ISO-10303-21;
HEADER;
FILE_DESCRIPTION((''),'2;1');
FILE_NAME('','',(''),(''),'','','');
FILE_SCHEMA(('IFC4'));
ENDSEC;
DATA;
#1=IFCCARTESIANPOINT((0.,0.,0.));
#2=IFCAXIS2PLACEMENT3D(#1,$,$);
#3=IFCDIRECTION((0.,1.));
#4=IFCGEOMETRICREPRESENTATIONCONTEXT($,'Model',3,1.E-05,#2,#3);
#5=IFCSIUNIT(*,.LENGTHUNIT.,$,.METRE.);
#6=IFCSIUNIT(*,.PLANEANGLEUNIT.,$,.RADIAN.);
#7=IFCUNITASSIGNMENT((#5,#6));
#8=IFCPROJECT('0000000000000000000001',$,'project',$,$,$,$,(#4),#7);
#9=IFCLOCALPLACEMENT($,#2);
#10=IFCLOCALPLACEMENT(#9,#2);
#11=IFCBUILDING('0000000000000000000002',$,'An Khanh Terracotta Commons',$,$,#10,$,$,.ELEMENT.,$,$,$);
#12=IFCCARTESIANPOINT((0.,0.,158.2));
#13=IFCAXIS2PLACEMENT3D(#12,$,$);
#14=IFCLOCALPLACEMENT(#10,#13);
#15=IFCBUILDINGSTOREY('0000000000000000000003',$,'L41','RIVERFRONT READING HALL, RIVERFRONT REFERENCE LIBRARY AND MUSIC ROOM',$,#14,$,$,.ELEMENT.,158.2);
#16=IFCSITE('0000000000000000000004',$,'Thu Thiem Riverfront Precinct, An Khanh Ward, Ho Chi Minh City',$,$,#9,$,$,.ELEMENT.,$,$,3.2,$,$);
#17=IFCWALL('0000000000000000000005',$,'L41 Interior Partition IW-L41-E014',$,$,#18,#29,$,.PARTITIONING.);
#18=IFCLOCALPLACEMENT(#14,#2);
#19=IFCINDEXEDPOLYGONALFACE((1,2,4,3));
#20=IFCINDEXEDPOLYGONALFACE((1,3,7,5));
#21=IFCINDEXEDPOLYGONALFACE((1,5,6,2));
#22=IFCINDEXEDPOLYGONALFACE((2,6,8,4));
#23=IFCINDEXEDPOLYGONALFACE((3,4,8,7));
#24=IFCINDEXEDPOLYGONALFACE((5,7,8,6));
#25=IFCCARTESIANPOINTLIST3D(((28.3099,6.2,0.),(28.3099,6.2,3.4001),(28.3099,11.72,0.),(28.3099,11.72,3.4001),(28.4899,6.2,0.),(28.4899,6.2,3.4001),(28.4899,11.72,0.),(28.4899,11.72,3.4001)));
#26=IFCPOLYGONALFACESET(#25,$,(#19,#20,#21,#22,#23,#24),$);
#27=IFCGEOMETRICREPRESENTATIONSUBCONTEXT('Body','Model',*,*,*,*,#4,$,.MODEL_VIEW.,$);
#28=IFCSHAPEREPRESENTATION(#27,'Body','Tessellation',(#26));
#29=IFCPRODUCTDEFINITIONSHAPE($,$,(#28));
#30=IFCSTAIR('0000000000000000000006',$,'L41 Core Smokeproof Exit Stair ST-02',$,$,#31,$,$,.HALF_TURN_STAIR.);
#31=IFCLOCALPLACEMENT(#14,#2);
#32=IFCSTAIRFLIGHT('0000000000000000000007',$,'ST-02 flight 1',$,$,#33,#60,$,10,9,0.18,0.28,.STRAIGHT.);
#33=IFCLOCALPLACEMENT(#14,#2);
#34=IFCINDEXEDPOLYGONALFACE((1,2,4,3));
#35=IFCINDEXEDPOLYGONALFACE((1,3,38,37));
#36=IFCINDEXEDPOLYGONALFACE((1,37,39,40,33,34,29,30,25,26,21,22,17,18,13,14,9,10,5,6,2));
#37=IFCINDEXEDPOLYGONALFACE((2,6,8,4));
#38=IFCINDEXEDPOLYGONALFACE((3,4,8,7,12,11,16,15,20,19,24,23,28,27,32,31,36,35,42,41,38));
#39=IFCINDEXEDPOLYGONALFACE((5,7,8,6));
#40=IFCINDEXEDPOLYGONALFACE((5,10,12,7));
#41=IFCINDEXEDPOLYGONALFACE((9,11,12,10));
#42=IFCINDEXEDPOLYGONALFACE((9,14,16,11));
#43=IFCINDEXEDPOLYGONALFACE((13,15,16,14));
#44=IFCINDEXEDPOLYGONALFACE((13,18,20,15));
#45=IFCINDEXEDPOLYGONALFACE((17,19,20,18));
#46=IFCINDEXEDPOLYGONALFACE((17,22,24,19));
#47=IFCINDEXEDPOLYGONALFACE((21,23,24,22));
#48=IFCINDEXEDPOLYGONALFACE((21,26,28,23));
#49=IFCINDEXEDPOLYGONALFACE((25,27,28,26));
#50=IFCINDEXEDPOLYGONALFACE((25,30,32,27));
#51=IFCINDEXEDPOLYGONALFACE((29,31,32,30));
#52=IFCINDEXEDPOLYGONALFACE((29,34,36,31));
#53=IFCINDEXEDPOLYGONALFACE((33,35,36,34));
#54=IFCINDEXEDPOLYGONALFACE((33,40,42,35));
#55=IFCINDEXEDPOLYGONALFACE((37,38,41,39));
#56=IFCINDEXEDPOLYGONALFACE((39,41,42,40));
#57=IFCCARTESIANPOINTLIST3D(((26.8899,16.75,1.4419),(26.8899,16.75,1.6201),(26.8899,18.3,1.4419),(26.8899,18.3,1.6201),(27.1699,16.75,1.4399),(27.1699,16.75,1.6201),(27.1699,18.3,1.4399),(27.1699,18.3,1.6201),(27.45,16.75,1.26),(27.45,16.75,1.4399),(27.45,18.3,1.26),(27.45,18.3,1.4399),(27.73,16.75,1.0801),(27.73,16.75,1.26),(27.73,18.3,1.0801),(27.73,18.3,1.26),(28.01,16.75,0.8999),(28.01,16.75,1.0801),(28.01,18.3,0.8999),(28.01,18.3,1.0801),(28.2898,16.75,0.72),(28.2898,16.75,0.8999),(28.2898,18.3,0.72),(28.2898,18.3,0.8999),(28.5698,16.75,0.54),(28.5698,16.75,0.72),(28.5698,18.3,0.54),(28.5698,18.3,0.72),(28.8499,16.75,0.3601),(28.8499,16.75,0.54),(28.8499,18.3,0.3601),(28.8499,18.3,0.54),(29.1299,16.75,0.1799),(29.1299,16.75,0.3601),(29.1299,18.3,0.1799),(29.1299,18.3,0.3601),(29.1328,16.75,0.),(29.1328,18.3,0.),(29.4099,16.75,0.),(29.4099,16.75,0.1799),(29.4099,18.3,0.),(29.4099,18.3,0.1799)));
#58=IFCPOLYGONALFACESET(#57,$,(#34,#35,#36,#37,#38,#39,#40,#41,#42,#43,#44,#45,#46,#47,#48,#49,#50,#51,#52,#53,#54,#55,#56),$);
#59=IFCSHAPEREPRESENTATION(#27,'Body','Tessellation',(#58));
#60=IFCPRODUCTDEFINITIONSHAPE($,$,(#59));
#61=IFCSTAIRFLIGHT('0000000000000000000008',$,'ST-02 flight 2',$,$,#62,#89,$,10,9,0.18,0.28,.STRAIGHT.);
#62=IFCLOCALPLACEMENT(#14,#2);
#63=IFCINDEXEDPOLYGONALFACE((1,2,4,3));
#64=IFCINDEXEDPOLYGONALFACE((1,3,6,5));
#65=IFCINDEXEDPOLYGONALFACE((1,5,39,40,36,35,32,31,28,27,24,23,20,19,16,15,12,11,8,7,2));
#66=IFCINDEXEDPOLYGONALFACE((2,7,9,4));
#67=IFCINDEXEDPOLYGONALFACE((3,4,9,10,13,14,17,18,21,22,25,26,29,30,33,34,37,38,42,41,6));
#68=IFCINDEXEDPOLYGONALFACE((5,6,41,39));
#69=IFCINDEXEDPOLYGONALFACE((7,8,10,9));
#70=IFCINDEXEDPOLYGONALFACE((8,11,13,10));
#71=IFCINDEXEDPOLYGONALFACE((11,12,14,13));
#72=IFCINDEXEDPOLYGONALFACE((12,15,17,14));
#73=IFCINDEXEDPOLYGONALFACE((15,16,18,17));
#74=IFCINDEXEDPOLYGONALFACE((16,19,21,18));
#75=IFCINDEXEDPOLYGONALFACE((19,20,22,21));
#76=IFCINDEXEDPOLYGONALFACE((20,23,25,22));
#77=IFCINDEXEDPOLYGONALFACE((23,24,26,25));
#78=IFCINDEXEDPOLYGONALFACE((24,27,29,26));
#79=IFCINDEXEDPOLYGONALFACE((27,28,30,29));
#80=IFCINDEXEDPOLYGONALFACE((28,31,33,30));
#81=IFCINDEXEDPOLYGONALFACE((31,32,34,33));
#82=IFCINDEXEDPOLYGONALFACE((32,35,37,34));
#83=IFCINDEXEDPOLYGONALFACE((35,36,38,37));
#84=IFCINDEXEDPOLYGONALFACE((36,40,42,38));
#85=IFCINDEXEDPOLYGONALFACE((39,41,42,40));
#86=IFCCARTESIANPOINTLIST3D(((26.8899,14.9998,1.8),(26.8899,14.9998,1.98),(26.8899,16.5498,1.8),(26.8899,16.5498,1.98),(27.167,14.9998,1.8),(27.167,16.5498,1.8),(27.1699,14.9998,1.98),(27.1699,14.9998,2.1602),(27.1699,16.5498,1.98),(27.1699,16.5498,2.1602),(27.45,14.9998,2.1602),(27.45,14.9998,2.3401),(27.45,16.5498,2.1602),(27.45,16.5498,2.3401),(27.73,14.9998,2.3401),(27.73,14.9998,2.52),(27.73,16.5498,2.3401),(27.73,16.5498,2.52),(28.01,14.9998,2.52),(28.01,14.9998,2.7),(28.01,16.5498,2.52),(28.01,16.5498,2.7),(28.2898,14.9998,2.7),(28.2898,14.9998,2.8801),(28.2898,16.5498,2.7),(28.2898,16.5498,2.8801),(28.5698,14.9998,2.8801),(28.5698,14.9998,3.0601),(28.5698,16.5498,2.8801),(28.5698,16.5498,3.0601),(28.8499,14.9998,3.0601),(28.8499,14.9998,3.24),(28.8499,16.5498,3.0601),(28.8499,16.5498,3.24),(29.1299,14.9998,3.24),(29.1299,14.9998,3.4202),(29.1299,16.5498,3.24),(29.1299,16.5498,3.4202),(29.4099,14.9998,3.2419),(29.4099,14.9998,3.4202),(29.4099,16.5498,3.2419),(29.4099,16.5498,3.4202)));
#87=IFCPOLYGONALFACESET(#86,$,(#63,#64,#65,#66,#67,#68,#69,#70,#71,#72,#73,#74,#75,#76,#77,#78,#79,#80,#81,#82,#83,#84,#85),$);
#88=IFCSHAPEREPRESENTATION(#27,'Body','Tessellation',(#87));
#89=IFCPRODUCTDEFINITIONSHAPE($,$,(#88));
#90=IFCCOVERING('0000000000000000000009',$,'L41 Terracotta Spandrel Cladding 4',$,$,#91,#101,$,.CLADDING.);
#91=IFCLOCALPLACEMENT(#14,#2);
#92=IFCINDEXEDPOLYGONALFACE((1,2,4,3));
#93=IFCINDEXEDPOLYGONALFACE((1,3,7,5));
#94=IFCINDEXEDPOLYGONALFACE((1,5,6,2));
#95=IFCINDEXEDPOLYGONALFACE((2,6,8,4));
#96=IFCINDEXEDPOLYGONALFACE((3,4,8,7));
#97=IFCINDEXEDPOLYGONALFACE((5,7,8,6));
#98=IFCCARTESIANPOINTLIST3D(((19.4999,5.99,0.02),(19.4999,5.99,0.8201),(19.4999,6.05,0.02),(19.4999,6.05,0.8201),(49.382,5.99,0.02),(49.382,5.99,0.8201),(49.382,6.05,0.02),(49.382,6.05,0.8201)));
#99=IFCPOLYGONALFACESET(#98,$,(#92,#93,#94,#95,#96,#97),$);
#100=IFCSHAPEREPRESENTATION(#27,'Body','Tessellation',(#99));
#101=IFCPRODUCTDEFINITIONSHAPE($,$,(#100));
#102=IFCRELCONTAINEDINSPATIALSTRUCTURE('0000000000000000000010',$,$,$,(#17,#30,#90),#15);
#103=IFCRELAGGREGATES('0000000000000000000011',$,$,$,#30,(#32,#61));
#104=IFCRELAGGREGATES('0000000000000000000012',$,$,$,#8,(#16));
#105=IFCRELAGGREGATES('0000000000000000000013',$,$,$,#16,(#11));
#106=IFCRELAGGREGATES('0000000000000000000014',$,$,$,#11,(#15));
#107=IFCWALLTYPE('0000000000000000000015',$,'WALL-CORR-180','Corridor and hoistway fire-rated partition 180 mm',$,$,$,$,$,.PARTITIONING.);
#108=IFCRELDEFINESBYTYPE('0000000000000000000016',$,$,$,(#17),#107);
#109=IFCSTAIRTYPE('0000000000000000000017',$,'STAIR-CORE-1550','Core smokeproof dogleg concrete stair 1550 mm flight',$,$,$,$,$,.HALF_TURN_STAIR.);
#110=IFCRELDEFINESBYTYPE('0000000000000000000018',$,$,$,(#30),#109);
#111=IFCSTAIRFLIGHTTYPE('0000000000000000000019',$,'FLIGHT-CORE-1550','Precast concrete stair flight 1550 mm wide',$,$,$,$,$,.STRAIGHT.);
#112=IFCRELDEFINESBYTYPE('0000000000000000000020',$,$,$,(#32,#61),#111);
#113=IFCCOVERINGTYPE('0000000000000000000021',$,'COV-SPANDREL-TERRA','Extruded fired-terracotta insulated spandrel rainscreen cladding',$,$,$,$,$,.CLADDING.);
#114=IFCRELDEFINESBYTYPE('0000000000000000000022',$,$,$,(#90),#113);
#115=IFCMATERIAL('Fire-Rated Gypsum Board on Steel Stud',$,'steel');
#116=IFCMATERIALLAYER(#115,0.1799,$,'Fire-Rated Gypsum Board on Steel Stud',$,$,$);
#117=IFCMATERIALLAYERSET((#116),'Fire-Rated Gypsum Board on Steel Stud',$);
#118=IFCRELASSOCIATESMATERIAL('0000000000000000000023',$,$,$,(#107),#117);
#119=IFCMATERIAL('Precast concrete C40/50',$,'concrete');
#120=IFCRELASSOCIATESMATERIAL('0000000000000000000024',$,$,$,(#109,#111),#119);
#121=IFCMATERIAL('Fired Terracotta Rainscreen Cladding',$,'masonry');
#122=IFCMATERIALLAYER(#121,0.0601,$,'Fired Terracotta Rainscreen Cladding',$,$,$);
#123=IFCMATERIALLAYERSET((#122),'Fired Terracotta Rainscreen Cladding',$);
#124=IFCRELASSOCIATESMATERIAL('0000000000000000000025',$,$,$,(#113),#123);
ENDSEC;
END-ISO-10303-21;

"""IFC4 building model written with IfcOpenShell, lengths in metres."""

from ifc_helpers import new_model, si_unit, direction, frame, frame_2d, origin, origin_2d, place, context, subcontext, project, spatial, polyline, rectangle, outline, extrude, material, layer, layer_set, type_object, element, aggregate, save


model = new_model("IFC4")

# Units and contexts
model_context = context("Model", 3, precision=1e-05, world=origin(), true_north=direction((0.0, 1.0)))
body_context = subcontext(model_context, "Body", "Model", "MODEL_VIEW")
ifc_project = project(units=[si_unit("LENGTHUNIT", "METRE"), si_unit("PLANEANGLEUNIT", "RADIAN")], contexts=[model_context])

# Site, building, storey
site_placement = place(None, origin())
site = spatial("IfcSite", under=ifc_project, at=site_placement, Name="Thu Thiem Riverfront Precinct, An Khanh Ward, Ho Chi Minh City", CompositionType="ELEMENT", RefElevation=3.2)
building_placement = place(site_placement, origin())
building = spatial("IfcBuilding", under=site, at=building_placement, Name="An Khanh Terracotta Commons", CompositionType="ELEMENT")
storey_placement = place(building_placement, frame((0.0, 0.0, 158.2)))
storey = spatial("IfcBuildingStorey", under=building, at=storey_placement, Name="L41", Description="RIVERFRONT READING HALL, RIVERFRONT REFERENCE LIBRARY AND MUSIC ROOM", CompositionType="ELEMENT", Elevation=158.2)

# Shared definitions
ifc_material_1 = material(Name="Fire-Rated Gypsum Board on Steel Stud", Category="steel")
ifc_layer_1 = layer(ifc_material_1, 0.1799, Name="Fire-Rated Gypsum Board on Steel Stud")
ifc_layer_set_1 = layer_set([ifc_layer_1], Name="Fire-Rated Gypsum Board on Steel Stud")
wall_type_1 = type_object("IfcWallType", Name="WALL-CORR-180", Description="Corridor and hoistway fire-rated partition 180 mm", PredefinedType="PARTITIONING", material=ifc_layer_set_1)

# Wall
for number, where, z_axis, x_axis, name in (
    (1, (28.3999, 6.2, 0.0), (0.0, 0.0, 1.0), (0.0, 1.0, 0.0), "L41 Interior Partition IW-L41-E014"),
):
    element("IfcWall", number, at=place(storey_placement, frame(where, z_axis=z_axis, x_axis=x_axis)), inside=storey, type_object=wall_type_1, Name=name, PredefinedType="PARTITIONING", context=body_context, shape_type="SweptSolid", body=[
        extrude(rectangle(XDim=5.52, YDim=0.1799, at=frame_2d((2.76, 0.0))), origin(), (0.0, 0.0, 1.0), 3.4001),
    ])

# Stair, stair flights
ifc_material_2 = material(Name="Precast concrete C40/50", Category="concrete")
stair_type = type_object("IfcStairType", Name="STAIR-CORE-1550", Description="Core smokeproof dogleg concrete stair 1550 mm flight", PredefinedType="HALF_TURN_STAIR", material=ifc_material_2)
stair_placement = place(storey_placement, origin())
stair = element("IfcStair", 2, at=stair_placement, inside=storey, type_object=stair_type, Name="L41 Core Smokeproof Exit Stair ST-02", PredefinedType="HALF_TURN_STAIR")
stair_flight_type = type_object("IfcStairFlightType", Name="FLIGHT-CORE-1550", Description="Precast concrete stair flight 1550 mm wide", PredefinedType="STRAIGHT", material=ifc_material_2)
stair_flight_1_placement = place(storey_placement, frame((29.4099, 17.5249, 0.0), z_axis=(0.0, 0.0, 1.0), x_axis=(-1.0, 0.0, 0.0)))
stair_flight_1 = element("IfcStairFlight", 3, at=stair_flight_1_placement, type_object=stair_flight_type, Name="ST-02 flight 1", NumberOfRisers=10, NumberOfTreads=9, PredefinedType="STRAIGHT", RiserHeight=0.18, TreadLength=0.28, context=body_context, shape_type="SweptSolid", body=[
    extrude(outline(polyline([(0.0, 0.0), (0.0, 0.1799), (0.28, 0.1799), (0.28, 0.3601), (0.5601, 0.3601), (0.5601, 0.54), (0.8401, 0.54), (0.8401, 0.72), (1.1201, 0.72), (1.1201, 0.8999), (1.3999, 0.8999), (1.3999, 1.0801), (1.6799, 1.0801), (1.6799, 1.26), (1.96, 1.26), (1.96, 1.4399), (2.24, 1.4399), (2.24, 1.6201), (2.52, 1.6201), (2.52, 1.8), (2.52, 1.4419), (0.2771, 0.0), (0.0, 0.0)])), frame((0.0, 0.7749, 0.0), z_axis=(0.0, -1.0, 0.0), x_axis=(1.0, 0.0, 0.0)), (0.0, 0.0, 1.0), 1.55),
])
stair_flight_2_placement = place(storey_placement, frame((26.8899, 15.7749, 1.8), z_axis=(0.0, 0.0, 1.0), x_axis=(1.0, 0.0, 0.0)))
stair_flight_2 = element("IfcStairFlight", 4, at=stair_flight_2_placement, type_object=stair_flight_type, Name="ST-02 flight 2", NumberOfRisers=10, NumberOfTreads=9, PredefinedType="STRAIGHT", RiserHeight=0.18, TreadLength=0.28, context=body_context, shape_type="SweptSolid", body=[
    extrude(outline(polyline([(0.0, 0.0), (0.0, 0.1799), (0.28, 0.1799), (0.28, 0.3601), (0.5601, 0.3601), (0.5601, 0.54), (0.8401, 0.54), (0.8401, 0.72), (1.1201, 0.72), (1.1201, 0.8999), (1.3999, 0.8999), (1.3999, 1.0801), (1.6799, 1.0801), (1.6799, 1.26), (1.96, 1.26), (1.96, 1.4399), (2.24, 1.4399), (2.24, 1.6201), (2.52, 1.6201), (2.52, 1.8), (2.52, 1.4419), (0.2771, 0.0), (0.0, 0.0)])), frame((0.0, 0.7749, 0.0), z_axis=(0.0, -1.0, 0.0), x_axis=(1.0, 0.0, 0.0)), (0.0, 0.0, 1.0), 1.55),
])
aggregate(stair, [stair_flight_1, stair_flight_2])

# Covering
ifc_material_3 = material(Name="Fired Terracotta Rainscreen Cladding", Category="masonry")
ifc_layer_2 = layer(ifc_material_3, 0.0601, Name="Fired Terracotta Rainscreen Cladding")
ifc_layer_set_2 = layer_set([ifc_layer_2], Name="Fired Terracotta Rainscreen Cladding")
covering_type = type_object("IfcCoveringType", Name="COV-SPANDREL-TERRA", Description="Extruded fired-terracotta insulated spandrel rainscreen cladding", PredefinedType="CLADDING", material=ifc_layer_set_2)
covering_placement = place(storey_placement, frame((34.4409, 6.02, 0.02), z_axis=(0.0, 0.0, 1.0), x_axis=(1.0, 0.0, 0.0)))
element("IfcCovering", 5, at=covering_placement, inside=storey, type_object=covering_type, Name="L41 Terracotta Spandrel Cladding 4", PredefinedType="CLADDING", context=body_context, shape_type="SweptSolid", body=[
    extrude(rectangle(XDim=29.8821, YDim=0.0601, at=origin_2d()), origin(), (0.0, 0.0, 1.0), 0.8),
])

save(model, "model.ifc")
